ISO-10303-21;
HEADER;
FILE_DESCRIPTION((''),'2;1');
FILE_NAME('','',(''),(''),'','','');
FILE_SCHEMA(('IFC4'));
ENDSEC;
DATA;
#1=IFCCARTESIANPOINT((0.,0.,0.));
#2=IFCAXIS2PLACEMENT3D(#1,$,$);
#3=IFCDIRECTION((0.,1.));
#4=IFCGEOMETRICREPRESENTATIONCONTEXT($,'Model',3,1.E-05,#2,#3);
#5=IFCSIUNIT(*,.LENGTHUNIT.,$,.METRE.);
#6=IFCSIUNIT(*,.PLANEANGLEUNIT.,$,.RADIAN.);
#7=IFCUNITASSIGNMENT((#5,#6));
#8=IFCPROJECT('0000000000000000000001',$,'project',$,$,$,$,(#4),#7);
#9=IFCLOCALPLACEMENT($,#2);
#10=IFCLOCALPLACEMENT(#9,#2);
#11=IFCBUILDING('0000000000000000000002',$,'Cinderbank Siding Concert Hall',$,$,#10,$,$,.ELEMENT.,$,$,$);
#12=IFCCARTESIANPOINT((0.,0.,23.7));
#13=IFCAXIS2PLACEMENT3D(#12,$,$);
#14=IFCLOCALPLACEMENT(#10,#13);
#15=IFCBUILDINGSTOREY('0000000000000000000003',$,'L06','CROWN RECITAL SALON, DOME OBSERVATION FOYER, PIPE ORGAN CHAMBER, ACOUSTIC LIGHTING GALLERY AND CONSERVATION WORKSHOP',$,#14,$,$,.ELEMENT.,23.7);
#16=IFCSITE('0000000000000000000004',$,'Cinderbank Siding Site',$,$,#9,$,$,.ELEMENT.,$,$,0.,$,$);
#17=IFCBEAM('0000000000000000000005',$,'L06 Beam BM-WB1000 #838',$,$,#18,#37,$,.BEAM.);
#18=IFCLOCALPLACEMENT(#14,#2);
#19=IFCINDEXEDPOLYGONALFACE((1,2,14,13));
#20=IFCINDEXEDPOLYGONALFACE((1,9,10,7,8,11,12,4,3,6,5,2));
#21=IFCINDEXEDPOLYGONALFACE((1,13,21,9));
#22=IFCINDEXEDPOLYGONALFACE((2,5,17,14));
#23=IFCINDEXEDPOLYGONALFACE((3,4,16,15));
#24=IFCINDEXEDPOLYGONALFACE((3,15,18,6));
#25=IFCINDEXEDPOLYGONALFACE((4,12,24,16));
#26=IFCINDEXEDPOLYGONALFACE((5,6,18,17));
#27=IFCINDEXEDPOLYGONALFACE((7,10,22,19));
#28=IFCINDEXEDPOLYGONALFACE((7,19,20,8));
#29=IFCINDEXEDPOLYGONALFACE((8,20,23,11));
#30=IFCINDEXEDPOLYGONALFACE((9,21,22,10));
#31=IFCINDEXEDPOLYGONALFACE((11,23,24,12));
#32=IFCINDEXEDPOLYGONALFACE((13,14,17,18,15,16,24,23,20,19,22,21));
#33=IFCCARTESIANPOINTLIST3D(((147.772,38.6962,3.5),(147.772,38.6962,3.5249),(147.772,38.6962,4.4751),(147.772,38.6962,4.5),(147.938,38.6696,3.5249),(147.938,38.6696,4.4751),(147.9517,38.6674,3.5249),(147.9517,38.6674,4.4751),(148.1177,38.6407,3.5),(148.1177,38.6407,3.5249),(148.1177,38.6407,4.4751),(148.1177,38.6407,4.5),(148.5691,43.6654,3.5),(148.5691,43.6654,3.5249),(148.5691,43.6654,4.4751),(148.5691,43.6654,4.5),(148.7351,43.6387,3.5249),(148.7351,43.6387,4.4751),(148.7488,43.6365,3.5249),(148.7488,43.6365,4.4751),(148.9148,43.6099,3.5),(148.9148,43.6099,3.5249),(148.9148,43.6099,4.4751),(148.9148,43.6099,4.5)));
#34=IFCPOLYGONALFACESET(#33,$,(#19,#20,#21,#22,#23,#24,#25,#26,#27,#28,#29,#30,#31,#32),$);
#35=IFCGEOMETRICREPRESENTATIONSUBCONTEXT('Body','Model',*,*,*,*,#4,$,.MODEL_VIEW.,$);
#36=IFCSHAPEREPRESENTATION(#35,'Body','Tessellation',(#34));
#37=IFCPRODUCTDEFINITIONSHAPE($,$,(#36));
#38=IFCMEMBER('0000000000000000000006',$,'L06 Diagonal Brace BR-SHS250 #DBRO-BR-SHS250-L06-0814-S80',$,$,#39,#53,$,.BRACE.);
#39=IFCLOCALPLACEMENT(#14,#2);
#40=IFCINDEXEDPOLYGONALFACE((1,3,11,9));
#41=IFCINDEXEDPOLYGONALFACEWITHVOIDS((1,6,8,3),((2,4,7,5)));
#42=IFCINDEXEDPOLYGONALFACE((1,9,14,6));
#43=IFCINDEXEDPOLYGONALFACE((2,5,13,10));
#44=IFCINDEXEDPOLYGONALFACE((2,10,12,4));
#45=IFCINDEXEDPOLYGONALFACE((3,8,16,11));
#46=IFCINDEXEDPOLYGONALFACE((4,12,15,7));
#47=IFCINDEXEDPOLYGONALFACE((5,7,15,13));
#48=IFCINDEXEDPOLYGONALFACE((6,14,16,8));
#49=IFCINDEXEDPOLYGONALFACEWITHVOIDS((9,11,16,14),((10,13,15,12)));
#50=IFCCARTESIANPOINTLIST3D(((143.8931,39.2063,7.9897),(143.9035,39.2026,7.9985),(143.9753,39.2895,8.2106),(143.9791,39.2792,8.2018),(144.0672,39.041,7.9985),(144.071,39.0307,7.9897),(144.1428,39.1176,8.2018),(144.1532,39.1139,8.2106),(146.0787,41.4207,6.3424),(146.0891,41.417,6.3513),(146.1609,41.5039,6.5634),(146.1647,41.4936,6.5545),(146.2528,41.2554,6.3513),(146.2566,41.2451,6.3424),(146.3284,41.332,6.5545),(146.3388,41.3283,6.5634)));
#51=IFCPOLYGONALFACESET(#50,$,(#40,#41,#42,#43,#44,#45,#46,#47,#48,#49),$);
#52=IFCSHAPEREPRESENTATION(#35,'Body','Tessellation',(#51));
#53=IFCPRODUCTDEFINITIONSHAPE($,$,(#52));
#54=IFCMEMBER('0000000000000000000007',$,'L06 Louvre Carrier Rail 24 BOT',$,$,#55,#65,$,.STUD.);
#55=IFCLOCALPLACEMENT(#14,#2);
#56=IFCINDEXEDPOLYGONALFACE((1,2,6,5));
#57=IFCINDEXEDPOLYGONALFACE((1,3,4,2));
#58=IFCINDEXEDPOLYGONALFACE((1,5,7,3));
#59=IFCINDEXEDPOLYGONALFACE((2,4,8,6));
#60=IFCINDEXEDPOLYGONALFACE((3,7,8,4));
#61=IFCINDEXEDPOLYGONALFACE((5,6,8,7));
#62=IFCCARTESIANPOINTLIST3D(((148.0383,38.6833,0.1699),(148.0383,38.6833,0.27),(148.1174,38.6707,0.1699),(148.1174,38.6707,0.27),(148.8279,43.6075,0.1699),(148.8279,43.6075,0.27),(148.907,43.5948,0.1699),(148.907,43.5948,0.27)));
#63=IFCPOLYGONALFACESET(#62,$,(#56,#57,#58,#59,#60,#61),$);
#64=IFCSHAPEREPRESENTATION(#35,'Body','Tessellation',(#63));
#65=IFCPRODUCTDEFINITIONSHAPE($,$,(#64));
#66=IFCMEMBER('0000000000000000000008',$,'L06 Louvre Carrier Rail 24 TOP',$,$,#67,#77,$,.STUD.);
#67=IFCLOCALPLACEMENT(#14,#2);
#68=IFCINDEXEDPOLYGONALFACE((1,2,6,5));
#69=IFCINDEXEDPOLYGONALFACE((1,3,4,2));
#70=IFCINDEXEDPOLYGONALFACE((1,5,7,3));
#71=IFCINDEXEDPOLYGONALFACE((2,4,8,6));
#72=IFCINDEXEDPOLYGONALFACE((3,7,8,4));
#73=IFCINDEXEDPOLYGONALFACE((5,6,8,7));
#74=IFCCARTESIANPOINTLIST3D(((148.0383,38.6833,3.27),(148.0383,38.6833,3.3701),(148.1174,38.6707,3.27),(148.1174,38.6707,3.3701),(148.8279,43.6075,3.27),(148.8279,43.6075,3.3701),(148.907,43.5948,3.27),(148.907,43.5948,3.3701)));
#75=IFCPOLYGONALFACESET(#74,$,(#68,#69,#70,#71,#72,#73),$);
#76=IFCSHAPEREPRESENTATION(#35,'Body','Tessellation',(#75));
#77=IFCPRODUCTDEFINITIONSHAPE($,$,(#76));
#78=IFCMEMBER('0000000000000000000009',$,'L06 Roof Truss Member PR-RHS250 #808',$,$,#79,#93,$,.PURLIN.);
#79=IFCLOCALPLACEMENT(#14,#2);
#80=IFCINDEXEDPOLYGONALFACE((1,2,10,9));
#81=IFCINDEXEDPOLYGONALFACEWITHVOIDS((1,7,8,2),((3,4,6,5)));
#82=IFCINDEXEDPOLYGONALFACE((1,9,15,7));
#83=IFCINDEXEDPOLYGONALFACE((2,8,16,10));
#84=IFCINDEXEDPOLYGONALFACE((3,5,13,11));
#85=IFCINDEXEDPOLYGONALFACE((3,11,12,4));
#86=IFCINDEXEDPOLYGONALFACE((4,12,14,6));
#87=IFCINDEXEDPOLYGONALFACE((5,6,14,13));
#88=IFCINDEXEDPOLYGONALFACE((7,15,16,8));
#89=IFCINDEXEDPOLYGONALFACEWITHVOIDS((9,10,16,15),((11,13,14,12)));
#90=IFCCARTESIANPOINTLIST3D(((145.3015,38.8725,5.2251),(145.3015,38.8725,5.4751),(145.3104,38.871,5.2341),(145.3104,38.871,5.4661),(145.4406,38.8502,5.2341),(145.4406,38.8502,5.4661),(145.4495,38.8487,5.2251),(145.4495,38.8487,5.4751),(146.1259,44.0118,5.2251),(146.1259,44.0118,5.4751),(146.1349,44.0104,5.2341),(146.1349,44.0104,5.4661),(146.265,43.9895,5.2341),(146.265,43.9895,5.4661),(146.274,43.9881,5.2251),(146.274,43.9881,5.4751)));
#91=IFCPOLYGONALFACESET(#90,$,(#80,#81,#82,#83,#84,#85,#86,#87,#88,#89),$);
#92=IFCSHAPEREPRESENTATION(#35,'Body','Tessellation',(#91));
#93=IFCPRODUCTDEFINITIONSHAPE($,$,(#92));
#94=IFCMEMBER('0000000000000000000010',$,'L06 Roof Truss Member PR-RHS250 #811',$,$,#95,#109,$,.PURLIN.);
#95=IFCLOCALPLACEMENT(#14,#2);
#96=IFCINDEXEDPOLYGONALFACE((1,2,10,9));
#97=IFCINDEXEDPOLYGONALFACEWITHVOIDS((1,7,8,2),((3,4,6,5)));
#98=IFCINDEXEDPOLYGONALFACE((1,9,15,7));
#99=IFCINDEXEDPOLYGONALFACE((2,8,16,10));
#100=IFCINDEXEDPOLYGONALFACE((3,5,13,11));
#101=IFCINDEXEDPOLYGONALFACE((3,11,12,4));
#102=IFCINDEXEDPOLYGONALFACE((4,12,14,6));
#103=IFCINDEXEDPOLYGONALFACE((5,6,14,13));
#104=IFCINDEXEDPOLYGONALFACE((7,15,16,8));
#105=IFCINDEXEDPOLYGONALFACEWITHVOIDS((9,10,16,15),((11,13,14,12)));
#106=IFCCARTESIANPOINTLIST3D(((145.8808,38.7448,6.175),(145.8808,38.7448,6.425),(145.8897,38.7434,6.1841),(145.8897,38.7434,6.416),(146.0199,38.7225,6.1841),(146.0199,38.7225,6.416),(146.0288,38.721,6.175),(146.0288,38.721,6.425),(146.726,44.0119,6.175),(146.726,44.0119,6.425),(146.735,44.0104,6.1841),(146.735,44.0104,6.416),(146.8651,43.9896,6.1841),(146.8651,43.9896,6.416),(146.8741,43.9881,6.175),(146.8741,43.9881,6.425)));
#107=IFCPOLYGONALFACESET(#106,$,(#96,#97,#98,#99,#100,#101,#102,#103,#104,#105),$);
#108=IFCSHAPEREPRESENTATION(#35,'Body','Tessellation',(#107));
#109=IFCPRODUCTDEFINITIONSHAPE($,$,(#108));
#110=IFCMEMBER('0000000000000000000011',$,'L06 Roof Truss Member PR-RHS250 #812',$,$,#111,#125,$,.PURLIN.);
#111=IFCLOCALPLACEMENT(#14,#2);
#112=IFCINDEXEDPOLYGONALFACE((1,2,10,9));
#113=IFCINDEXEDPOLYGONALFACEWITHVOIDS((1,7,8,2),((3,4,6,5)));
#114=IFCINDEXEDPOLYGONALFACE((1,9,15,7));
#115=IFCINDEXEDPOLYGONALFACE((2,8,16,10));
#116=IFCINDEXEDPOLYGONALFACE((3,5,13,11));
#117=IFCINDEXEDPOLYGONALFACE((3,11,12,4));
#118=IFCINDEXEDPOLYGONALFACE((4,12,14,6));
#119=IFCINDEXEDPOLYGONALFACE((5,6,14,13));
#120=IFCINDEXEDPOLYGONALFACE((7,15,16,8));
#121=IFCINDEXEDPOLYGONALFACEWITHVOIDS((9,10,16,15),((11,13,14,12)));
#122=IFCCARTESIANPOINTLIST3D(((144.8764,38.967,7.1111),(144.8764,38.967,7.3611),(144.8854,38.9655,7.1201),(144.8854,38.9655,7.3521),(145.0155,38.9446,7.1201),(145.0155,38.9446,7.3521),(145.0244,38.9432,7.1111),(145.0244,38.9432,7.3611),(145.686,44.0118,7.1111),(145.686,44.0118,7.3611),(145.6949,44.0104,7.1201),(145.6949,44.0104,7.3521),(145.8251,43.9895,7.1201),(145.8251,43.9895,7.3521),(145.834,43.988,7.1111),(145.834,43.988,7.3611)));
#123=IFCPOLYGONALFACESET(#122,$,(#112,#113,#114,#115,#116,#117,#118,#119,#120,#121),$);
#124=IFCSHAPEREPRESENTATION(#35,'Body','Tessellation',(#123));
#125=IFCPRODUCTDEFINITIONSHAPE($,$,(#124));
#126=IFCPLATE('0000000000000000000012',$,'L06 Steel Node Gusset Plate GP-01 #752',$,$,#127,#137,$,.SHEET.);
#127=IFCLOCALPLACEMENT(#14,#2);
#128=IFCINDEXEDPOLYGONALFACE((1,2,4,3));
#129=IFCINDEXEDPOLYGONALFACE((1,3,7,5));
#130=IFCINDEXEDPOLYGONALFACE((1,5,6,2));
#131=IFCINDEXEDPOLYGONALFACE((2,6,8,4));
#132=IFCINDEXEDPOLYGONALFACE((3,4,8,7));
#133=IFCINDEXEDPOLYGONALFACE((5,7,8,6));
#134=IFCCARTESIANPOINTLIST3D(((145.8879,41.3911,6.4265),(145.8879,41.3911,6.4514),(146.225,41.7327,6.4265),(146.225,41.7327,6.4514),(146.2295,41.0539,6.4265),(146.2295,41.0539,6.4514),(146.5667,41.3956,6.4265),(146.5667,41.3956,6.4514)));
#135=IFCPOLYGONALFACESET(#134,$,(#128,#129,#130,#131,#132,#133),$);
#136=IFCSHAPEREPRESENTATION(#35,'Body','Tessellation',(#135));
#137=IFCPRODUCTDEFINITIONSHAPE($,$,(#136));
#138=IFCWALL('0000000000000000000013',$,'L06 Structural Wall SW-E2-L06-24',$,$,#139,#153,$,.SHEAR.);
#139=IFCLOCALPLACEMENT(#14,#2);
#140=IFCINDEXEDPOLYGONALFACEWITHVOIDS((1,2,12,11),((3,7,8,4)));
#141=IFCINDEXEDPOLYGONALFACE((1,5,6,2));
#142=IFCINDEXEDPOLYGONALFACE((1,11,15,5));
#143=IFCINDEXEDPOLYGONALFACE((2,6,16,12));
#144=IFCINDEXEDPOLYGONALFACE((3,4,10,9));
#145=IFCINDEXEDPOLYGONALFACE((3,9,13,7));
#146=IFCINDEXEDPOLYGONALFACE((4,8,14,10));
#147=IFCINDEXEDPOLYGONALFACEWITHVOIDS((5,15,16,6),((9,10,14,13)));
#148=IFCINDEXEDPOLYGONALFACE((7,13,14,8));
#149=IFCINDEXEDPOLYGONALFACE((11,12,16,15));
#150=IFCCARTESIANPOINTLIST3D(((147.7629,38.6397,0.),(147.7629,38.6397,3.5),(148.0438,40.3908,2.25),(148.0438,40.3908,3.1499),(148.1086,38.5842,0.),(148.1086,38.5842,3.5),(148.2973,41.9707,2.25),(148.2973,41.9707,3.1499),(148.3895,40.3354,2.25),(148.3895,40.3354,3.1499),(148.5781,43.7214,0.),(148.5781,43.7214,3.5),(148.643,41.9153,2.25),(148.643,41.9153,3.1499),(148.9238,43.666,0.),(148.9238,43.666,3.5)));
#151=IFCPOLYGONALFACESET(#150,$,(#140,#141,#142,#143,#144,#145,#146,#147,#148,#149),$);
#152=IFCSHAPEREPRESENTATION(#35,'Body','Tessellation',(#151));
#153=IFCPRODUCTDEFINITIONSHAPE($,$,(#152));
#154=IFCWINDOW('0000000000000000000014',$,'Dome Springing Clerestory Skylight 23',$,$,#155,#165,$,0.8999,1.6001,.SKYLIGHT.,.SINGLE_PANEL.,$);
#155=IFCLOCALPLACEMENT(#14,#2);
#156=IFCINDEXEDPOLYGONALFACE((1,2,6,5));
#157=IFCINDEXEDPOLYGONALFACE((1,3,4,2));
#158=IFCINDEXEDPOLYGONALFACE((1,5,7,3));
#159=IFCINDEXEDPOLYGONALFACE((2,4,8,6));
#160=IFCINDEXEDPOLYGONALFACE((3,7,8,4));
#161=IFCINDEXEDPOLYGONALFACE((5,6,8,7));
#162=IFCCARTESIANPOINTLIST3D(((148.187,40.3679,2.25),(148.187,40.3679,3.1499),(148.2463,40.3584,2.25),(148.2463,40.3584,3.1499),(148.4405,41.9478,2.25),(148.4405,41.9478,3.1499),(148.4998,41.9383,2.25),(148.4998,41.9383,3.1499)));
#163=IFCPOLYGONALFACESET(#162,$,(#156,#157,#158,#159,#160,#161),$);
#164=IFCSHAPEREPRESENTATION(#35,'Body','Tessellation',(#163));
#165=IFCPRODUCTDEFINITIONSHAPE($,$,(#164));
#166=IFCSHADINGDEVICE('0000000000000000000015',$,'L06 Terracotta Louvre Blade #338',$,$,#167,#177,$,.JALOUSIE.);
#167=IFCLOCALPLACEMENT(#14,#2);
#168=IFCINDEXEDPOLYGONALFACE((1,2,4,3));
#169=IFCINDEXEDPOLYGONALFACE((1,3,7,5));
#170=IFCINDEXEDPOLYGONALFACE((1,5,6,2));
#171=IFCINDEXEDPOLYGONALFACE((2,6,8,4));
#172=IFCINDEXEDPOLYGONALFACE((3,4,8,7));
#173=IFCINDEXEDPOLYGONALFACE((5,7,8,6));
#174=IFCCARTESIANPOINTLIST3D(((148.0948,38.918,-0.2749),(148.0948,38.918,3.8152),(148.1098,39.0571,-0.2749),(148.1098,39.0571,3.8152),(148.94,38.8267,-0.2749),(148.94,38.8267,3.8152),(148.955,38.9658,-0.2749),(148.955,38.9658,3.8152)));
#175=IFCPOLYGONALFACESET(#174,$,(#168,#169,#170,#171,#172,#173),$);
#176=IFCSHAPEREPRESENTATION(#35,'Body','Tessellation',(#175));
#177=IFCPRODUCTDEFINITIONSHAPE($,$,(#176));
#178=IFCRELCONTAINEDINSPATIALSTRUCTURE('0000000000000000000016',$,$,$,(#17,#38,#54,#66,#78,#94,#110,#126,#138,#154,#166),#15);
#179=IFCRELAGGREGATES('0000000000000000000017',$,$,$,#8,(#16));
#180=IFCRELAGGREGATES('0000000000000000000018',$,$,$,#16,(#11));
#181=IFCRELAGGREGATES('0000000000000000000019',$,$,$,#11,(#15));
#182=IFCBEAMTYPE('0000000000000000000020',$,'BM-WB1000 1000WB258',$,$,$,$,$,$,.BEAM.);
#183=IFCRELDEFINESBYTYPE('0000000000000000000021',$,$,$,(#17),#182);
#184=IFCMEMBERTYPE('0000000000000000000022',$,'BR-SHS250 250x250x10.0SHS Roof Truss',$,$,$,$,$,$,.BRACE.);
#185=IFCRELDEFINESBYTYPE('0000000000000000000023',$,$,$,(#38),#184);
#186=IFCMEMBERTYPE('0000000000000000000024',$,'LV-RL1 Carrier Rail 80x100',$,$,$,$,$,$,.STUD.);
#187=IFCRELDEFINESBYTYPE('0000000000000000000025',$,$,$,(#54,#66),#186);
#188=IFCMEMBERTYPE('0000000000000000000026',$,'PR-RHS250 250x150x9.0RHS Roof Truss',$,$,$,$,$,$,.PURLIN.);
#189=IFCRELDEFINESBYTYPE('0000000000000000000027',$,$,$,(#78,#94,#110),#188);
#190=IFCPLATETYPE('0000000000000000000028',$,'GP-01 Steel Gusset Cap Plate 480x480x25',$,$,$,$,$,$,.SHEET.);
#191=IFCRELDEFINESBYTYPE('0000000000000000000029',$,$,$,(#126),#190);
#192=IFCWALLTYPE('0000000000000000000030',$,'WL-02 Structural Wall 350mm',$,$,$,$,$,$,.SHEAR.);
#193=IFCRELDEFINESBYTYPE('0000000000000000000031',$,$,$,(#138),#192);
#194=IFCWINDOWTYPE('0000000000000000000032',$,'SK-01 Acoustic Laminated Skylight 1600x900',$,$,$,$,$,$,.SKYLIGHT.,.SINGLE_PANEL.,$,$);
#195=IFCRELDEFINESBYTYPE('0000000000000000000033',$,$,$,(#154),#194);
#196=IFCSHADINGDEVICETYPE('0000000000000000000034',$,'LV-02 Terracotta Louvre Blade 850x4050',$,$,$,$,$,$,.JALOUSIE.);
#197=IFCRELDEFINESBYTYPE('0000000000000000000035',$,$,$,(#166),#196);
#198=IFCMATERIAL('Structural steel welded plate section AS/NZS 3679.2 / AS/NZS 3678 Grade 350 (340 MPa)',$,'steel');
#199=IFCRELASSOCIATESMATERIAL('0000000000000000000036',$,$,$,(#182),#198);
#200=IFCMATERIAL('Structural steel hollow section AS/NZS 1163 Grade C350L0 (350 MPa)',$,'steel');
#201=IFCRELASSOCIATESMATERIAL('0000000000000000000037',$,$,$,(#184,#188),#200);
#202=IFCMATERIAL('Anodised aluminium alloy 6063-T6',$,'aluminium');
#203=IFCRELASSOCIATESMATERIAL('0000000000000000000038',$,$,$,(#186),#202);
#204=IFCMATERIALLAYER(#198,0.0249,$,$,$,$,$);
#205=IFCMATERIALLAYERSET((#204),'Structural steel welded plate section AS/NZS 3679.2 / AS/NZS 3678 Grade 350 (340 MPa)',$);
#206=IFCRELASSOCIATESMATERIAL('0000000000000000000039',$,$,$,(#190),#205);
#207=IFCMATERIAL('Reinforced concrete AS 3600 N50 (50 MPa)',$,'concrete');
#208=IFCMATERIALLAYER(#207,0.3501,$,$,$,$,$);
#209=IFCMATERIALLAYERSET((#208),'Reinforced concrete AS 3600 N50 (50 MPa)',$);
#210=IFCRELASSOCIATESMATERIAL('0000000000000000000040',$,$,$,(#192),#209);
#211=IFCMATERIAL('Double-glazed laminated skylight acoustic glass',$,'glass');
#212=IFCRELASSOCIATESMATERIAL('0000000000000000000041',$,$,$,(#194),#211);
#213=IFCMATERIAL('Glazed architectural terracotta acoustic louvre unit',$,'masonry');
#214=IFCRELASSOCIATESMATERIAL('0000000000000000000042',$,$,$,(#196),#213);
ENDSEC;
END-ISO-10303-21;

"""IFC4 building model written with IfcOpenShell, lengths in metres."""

from ifc_helpers import new_model, si_unit, direction, frame, frame_2d, origin, origin_2d, place, context, subcontext, project, spatial, rectangle, hollow_rectangle, i_section, extrude, material, layer, layer_set, material_profile, profile_set, type_object, element, fill, save


model = new_model("IFC4")

# Units and contexts
model_context = context("Model", 3, precision=1e-05, world=origin(), true_north=direction((0.0, 1.0)))
body_context = subcontext(model_context, "Body", "Model", "MODEL_VIEW")
ifc_project = project(units=[si_unit("LENGTHUNIT", "METRE"), si_unit("PLANEANGLEUNIT", "RADIAN")], contexts=[model_context])

# Site, building, storey
site_placement = place(None, origin())
site = spatial("IfcSite", under=ifc_project, at=site_placement, Name="Cinderbank Siding Site", CompositionType="ELEMENT", RefElevation=0.0)
building_placement = place(site_placement, origin())
building = spatial("IfcBuilding", under=site, at=building_placement, Name="Cinderbank Siding Concert Hall", CompositionType="ELEMENT")
storey_placement = place(building_placement, frame((0.0, 0.0, 23.7)))
storey = spatial("IfcBuildingStorey", under=building, at=storey_placement, Name="L06", Description="CROWN RECITAL SALON, DOME OBSERVATION FOYER, PIPE ORGAN CHAMBER, ACOUSTIC LIGHTING GALLERY AND CONSERVATION WORKSHOP", CompositionType="ELEMENT", Elevation=23.7)

# Beam
ifc_material_1 = material(Name="Structural steel welded plate section AS/NZS 3679.2 / AS/NZS 3678 Grade 350 (340 MPa)", Category="steel")
ifc_material_profile_1 = material_profile(ifc_material_1, i_section(OverallWidth=0.3501, OverallDepth=1.0, WebThickness=0.0139, FlangeThickness=0.0249, at=origin_2d()), Name="1000WB258", Category="LoadBearing")
ifc_profile_set_1 = profile_set([ifc_material_profile_1], Name="Structural steel welded plate section AS/NZS 3679.2 / AS/NZS 3678 Grade 350 (340 MPa)")
beam_type = type_object("IfcBeamType", Name="BM-WB1000 1000WB258", PredefinedType="BEAM", material=ifc_profile_set_1)
beam_placement = place(storey_placement, frame((147.9448, 38.6685, 4.0), z_axis=(0.158386, 0.987377, 0.0), x_axis=(-0.987377, 0.158386, 0.0)))
element("IfcBeam", 1, at=beam_placement, inside=storey, type_object=beam_type, Name="L06 Beam BM-WB1000 #838", PredefinedType="BEAM", context=body_context, shape_type="SweptSolid", body=[
    extrude(i_section(OverallWidth=0.3501, OverallDepth=1.0, WebThickness=0.0139, FlangeThickness=0.0249, at=origin_2d()), origin(), (0.0, 0.0, 1.0), 5.0327),
])

# Members
ifc_material_2 = material(Name="Structural steel hollow section AS/NZS 1163 Grade C350L0 (350 MPa)", Category="steel")
ifc_material_profile_2 = material_profile(ifc_material_2, hollow_rectangle(XDim=0.25, YDim=0.25, WallThickness=0.01, at=origin_2d()), Name="250x250x10.0SHS", Category="LoadBearing")
ifc_profile_set_2 = profile_set([ifc_material_profile_2], Name="Structural steel hollow section AS/NZS 1163 Grade C350L0 (350 MPa)")
member_type_1 = type_object("IfcMemberType", Name="BR-SHS250 250x250x10.0SHS Roof Truss", PredefinedType="BRACE", material=ifc_profile_set_2)
member_1_placement = place(storey_placement, frame((146.2087, 41.3745, 6.4529), z_axis=(-0.620821, -0.629004, 0.467904), x_axis=(0.711721, -0.702462, 0.0)))
element("IfcMember", 2, at=member_1_placement, inside=storey, type_object=member_type_1, Name="L06 Diagonal Brace BR-SHS250 #DBRO-BR-SHS250-L06-0814-S80", PredefinedType="BRACE", context=body_context, shape_type="SweptSolid", body=[
    extrude(hollow_rectangle(XDim=0.25, YDim=0.25, WallThickness=0.01, at=origin_2d()), origin(), (0.0, 0.0, 1.0), 3.5205),
])
ifc_material_3 = material(Name="Anodised aluminium alloy 6063-T6", Category="aluminium")
ifc_material_profile_3 = material_profile(ifc_material_3, rectangle(XDim=0.0801, YDim=0.1001, at=origin_2d()), Name="ALU-RAIL-80x100", Category="LoadBearing")
ifc_profile_set_3 = profile_set([ifc_material_profile_3], Name="Anodised aluminium alloy 6063-T6")
member_type_2 = type_object("IfcMemberType", Name="LV-RL1 Carrier Rail 80x100", PredefinedType="STUD", material=ifc_profile_set_3)
for number, where, z_axis, x_axis, name in (
    (3, (148.0779, 38.677, 0.22), (0.158323, 0.987387, 0.0), (-0.987387, 0.158323, 0.0), "L06 Louvre Carrier Rail 24 BOT"),
    (4, (148.0779, 38.677, 3.3201), (0.158323, 0.987387, 0.0), (-0.987387, 0.158323, 0.0), "L06 Louvre Carrier Rail 24 TOP"),
):
    element("IfcMember", number, at=place(storey_placement, frame(where, z_axis=z_axis, x_axis=x_axis)), inside=storey, type_object=member_type_2, Name=name, PredefinedType="STUD", context=body_context, shape_type="SweptSolid", body=[
        extrude(rectangle(XDim=0.0801, YDim=0.1001, at=origin_2d()), origin(), (0.0, 0.0, 1.0), 4.9871),
    ])
ifc_material_profile_4 = material_profile(ifc_material_2, hollow_rectangle(XDim=0.1499, YDim=0.25, WallThickness=0.009, at=origin_2d()), Name="250x150x9.0RHS", Category="LoadBearing")
ifc_profile_set_4 = profile_set([ifc_material_profile_4], Name="Structural steel hollow section AS/NZS 1163 Grade C350L0 (350 MPa)")
member_type_3 = type_object("IfcMemberType", Name="PR-RHS250 250x150x9.0RHS Roof Truss", PredefinedType="PURLIN", material=ifc_profile_set_4)
member_2_placement = place(storey_placement, frame((145.3755, 38.8606, 5.3501), z_axis=(0.158395, 0.987376, 0.0), x_axis=(-0.987376, 0.158395, 0.0)))
element("IfcMember", 5, at=member_2_placement, inside=storey, type_object=member_type_3, Name="L06 Roof Truss Member PR-RHS250 #808", PredefinedType="PURLIN", context=body_context, shape_type="SweptSolid", body=[
    extrude(hollow_rectangle(XDim=0.1499, YDim=0.25, WallThickness=0.009, at=origin_2d()), origin(), (0.0, 0.0, 1.0), 5.2051),
])
member_3_placement = place(storey_placement, frame((145.9548, 38.7329, 6.3), z_axis=(0.158444, 0.987368, 0.0), x_axis=(-0.987368, 0.158444, 0.0)))
element("IfcMember", 6, at=member_3_placement, inside=storey, type_object=member_type_3, Name="L06 Roof Truss Member PR-RHS250 #811", PredefinedType="PURLIN", context=body_context, shape_type="SweptSolid", body=[
    extrude(hollow_rectangle(XDim=0.1499, YDim=0.25, WallThickness=0.009, at=origin_2d()), origin(), (0.0, 0.0, 1.0), 5.3345),
])
member_4_placement = place(storey_placement, frame((144.9504, 38.9551, 7.2361), z_axis=(0.158445, 0.987368, 0.0), x_axis=(-0.987368, 0.158445, 0.0)))
element("IfcMember", 7, at=member_4_placement, inside=storey, type_object=member_type_3, Name="L06 Roof Truss Member PR-RHS250 #812", PredefinedType="PURLIN", context=body_context, shape_type="SweptSolid", body=[
    extrude(hollow_rectangle(XDim=0.1499, YDim=0.25, WallThickness=0.009, at=origin_2d()), origin(), (0.0, 0.0, 1.0), 5.1094),
])

# Plate
ifc_layer_1 = layer(ifc_material_1, 0.0249)
ifc_layer_set_1 = layer_set([ifc_layer_1], Name="Structural steel welded plate section AS/NZS 3679.2 / AS/NZS 3678 Grade 350 (340 MPa)")
plate_type = type_object("IfcPlateType", Name="GP-01 Steel Gusset Cap Plate 480x480x25", PredefinedType="SHEET", material=ifc_layer_set_1)
plate_placement = place(storey_placement, frame((146.2273, 41.3933, 6.4265), z_axis=(0.0, 0.0, 1.0), x_axis=(-0.702402, -0.711781, 0.0)))
element("IfcPlate", 8, at=plate_placement, inside=storey, type_object=plate_type, Name="L06 Steel Node Gusset Plate GP-01 #752", PredefinedType="SHEET", context=body_context, shape_type="SweptSolid", body=[
    extrude(rectangle(XDim=0.48, YDim=0.48, at=origin_2d()), origin(), (0.0, 0.0, 1.0), 0.0249),
])

# Wall, opening, window
ifc_material_4 = material(Name="Reinforced concrete AS 3600 N50 (50 MPa)", Category="concrete")
ifc_layer_2 = layer(ifc_material_4, 0.3501)
ifc_layer_set_2 = layer_set([ifc_layer_2], Name="Reinforced concrete AS 3600 N50 (50 MPa)")
wall_type = type_object("IfcWallType", Name="WL-02 Structural Wall 350mm", PredefinedType="SHEAR", material=ifc_layer_set_2)
wall_placement = place(storey_placement, frame((147.9358, 38.6121, 0.0), z_axis=(0.0, 0.0, 1.0), x_axis=(0.158388, 0.987377, 0.0)))
wall = element("IfcWall", 9, at=wall_placement, inside=storey, type_object=wall_type, Name="L06 Structural Wall SW-E2-L06-24", PredefinedType="SHEAR", context=body_context, shape_type="SweptSolid", body=[
    extrude(rectangle(XDim=5.1467, YDim=0.3501, at=frame_2d((2.5732, 0.0))), origin(), (0.0, 0.0, 1.0), 3.5),
])
opening_placement = place(wall_placement, frame((1.7734, 0.0, 2.25)))
opening = element("IfcOpeningElement", 10, at=opening_placement, cuts=wall, PredefinedType="OPENING", context=body_context, shape_type="SweptSolid", body=[
    extrude(rectangle(XDim=1.6001, YDim=0.8999, at=frame_2d((0.8, 0.45))), frame((0.0, 0.187, 0.0), z_axis=(0.0, -1.0, 0.0), x_axis=(1.0, 0.0, 0.0)), (0.0, 0.0, 1.0), 0.374),
])
ifc_material_5 = material(Name="Double-glazed laminated skylight acoustic glass", Category="glass")
window_type = type_object("IfcWindowType", Name="SK-01 Acoustic Laminated Skylight 1600x900", PartitioningType="SINGLE_PANEL", PredefinedType="SKYLIGHT", material=ifc_material_5)
window_placement = place(opening_placement, origin())
window = element("IfcWindow", 11, at=window_placement, inside=storey, type_object=window_type, Name="Dome Springing Clerestory Skylight 23", OverallHeight=0.8999, OverallWidth=1.6001, PartitioningType="SINGLE_PANEL", PredefinedType="SKYLIGHT", context=body_context, shape_type="SweptSolid", body=[
    extrude(rectangle(XDim=1.6001, YDim=0.8999, at=frame_2d((0.8, 0.45))), frame((0.0, 0.03, 0.0), z_axis=(0.0, -1.0, 0.0), x_axis=(1.0, 0.0, 0.0)), (0.0, 0.0, 1.0), 0.0601),
])
fill(opening, window)

# Shading device
ifc_material_6 = material(Name="Glazed architectural terracotta acoustic louvre unit", Category="masonry")
shading_device_type = type_object("IfcShadingDeviceType", Name="LV-02 Terracotta Louvre Blade 850x4050", PredefinedType="JALOUSIE", material=ifc_material_6)
for number, where, z_axis, x_axis, name in (
    (12, (148.5249, 38.9419, -0.2749), (0.0, 0.0, 1.0), (0.994211, -0.107447, 0.0), "L06 Terracotta Louvre Blade #338"),
):
    element("IfcShadingDevice", number, at=place(storey_placement, frame(where, z_axis=z_axis, x_axis=x_axis)), inside=storey, type_object=shading_device_type, Name=name, PredefinedType="JALOUSIE", context=body_context, shape_type="SweptSolid", body=[
        extrude(rectangle(XDim=0.8501, YDim=0.1399, at=origin_2d()), origin(), (0.0, 0.0, 1.0), 4.0901),
    ])

save(model, "model.ifc")
